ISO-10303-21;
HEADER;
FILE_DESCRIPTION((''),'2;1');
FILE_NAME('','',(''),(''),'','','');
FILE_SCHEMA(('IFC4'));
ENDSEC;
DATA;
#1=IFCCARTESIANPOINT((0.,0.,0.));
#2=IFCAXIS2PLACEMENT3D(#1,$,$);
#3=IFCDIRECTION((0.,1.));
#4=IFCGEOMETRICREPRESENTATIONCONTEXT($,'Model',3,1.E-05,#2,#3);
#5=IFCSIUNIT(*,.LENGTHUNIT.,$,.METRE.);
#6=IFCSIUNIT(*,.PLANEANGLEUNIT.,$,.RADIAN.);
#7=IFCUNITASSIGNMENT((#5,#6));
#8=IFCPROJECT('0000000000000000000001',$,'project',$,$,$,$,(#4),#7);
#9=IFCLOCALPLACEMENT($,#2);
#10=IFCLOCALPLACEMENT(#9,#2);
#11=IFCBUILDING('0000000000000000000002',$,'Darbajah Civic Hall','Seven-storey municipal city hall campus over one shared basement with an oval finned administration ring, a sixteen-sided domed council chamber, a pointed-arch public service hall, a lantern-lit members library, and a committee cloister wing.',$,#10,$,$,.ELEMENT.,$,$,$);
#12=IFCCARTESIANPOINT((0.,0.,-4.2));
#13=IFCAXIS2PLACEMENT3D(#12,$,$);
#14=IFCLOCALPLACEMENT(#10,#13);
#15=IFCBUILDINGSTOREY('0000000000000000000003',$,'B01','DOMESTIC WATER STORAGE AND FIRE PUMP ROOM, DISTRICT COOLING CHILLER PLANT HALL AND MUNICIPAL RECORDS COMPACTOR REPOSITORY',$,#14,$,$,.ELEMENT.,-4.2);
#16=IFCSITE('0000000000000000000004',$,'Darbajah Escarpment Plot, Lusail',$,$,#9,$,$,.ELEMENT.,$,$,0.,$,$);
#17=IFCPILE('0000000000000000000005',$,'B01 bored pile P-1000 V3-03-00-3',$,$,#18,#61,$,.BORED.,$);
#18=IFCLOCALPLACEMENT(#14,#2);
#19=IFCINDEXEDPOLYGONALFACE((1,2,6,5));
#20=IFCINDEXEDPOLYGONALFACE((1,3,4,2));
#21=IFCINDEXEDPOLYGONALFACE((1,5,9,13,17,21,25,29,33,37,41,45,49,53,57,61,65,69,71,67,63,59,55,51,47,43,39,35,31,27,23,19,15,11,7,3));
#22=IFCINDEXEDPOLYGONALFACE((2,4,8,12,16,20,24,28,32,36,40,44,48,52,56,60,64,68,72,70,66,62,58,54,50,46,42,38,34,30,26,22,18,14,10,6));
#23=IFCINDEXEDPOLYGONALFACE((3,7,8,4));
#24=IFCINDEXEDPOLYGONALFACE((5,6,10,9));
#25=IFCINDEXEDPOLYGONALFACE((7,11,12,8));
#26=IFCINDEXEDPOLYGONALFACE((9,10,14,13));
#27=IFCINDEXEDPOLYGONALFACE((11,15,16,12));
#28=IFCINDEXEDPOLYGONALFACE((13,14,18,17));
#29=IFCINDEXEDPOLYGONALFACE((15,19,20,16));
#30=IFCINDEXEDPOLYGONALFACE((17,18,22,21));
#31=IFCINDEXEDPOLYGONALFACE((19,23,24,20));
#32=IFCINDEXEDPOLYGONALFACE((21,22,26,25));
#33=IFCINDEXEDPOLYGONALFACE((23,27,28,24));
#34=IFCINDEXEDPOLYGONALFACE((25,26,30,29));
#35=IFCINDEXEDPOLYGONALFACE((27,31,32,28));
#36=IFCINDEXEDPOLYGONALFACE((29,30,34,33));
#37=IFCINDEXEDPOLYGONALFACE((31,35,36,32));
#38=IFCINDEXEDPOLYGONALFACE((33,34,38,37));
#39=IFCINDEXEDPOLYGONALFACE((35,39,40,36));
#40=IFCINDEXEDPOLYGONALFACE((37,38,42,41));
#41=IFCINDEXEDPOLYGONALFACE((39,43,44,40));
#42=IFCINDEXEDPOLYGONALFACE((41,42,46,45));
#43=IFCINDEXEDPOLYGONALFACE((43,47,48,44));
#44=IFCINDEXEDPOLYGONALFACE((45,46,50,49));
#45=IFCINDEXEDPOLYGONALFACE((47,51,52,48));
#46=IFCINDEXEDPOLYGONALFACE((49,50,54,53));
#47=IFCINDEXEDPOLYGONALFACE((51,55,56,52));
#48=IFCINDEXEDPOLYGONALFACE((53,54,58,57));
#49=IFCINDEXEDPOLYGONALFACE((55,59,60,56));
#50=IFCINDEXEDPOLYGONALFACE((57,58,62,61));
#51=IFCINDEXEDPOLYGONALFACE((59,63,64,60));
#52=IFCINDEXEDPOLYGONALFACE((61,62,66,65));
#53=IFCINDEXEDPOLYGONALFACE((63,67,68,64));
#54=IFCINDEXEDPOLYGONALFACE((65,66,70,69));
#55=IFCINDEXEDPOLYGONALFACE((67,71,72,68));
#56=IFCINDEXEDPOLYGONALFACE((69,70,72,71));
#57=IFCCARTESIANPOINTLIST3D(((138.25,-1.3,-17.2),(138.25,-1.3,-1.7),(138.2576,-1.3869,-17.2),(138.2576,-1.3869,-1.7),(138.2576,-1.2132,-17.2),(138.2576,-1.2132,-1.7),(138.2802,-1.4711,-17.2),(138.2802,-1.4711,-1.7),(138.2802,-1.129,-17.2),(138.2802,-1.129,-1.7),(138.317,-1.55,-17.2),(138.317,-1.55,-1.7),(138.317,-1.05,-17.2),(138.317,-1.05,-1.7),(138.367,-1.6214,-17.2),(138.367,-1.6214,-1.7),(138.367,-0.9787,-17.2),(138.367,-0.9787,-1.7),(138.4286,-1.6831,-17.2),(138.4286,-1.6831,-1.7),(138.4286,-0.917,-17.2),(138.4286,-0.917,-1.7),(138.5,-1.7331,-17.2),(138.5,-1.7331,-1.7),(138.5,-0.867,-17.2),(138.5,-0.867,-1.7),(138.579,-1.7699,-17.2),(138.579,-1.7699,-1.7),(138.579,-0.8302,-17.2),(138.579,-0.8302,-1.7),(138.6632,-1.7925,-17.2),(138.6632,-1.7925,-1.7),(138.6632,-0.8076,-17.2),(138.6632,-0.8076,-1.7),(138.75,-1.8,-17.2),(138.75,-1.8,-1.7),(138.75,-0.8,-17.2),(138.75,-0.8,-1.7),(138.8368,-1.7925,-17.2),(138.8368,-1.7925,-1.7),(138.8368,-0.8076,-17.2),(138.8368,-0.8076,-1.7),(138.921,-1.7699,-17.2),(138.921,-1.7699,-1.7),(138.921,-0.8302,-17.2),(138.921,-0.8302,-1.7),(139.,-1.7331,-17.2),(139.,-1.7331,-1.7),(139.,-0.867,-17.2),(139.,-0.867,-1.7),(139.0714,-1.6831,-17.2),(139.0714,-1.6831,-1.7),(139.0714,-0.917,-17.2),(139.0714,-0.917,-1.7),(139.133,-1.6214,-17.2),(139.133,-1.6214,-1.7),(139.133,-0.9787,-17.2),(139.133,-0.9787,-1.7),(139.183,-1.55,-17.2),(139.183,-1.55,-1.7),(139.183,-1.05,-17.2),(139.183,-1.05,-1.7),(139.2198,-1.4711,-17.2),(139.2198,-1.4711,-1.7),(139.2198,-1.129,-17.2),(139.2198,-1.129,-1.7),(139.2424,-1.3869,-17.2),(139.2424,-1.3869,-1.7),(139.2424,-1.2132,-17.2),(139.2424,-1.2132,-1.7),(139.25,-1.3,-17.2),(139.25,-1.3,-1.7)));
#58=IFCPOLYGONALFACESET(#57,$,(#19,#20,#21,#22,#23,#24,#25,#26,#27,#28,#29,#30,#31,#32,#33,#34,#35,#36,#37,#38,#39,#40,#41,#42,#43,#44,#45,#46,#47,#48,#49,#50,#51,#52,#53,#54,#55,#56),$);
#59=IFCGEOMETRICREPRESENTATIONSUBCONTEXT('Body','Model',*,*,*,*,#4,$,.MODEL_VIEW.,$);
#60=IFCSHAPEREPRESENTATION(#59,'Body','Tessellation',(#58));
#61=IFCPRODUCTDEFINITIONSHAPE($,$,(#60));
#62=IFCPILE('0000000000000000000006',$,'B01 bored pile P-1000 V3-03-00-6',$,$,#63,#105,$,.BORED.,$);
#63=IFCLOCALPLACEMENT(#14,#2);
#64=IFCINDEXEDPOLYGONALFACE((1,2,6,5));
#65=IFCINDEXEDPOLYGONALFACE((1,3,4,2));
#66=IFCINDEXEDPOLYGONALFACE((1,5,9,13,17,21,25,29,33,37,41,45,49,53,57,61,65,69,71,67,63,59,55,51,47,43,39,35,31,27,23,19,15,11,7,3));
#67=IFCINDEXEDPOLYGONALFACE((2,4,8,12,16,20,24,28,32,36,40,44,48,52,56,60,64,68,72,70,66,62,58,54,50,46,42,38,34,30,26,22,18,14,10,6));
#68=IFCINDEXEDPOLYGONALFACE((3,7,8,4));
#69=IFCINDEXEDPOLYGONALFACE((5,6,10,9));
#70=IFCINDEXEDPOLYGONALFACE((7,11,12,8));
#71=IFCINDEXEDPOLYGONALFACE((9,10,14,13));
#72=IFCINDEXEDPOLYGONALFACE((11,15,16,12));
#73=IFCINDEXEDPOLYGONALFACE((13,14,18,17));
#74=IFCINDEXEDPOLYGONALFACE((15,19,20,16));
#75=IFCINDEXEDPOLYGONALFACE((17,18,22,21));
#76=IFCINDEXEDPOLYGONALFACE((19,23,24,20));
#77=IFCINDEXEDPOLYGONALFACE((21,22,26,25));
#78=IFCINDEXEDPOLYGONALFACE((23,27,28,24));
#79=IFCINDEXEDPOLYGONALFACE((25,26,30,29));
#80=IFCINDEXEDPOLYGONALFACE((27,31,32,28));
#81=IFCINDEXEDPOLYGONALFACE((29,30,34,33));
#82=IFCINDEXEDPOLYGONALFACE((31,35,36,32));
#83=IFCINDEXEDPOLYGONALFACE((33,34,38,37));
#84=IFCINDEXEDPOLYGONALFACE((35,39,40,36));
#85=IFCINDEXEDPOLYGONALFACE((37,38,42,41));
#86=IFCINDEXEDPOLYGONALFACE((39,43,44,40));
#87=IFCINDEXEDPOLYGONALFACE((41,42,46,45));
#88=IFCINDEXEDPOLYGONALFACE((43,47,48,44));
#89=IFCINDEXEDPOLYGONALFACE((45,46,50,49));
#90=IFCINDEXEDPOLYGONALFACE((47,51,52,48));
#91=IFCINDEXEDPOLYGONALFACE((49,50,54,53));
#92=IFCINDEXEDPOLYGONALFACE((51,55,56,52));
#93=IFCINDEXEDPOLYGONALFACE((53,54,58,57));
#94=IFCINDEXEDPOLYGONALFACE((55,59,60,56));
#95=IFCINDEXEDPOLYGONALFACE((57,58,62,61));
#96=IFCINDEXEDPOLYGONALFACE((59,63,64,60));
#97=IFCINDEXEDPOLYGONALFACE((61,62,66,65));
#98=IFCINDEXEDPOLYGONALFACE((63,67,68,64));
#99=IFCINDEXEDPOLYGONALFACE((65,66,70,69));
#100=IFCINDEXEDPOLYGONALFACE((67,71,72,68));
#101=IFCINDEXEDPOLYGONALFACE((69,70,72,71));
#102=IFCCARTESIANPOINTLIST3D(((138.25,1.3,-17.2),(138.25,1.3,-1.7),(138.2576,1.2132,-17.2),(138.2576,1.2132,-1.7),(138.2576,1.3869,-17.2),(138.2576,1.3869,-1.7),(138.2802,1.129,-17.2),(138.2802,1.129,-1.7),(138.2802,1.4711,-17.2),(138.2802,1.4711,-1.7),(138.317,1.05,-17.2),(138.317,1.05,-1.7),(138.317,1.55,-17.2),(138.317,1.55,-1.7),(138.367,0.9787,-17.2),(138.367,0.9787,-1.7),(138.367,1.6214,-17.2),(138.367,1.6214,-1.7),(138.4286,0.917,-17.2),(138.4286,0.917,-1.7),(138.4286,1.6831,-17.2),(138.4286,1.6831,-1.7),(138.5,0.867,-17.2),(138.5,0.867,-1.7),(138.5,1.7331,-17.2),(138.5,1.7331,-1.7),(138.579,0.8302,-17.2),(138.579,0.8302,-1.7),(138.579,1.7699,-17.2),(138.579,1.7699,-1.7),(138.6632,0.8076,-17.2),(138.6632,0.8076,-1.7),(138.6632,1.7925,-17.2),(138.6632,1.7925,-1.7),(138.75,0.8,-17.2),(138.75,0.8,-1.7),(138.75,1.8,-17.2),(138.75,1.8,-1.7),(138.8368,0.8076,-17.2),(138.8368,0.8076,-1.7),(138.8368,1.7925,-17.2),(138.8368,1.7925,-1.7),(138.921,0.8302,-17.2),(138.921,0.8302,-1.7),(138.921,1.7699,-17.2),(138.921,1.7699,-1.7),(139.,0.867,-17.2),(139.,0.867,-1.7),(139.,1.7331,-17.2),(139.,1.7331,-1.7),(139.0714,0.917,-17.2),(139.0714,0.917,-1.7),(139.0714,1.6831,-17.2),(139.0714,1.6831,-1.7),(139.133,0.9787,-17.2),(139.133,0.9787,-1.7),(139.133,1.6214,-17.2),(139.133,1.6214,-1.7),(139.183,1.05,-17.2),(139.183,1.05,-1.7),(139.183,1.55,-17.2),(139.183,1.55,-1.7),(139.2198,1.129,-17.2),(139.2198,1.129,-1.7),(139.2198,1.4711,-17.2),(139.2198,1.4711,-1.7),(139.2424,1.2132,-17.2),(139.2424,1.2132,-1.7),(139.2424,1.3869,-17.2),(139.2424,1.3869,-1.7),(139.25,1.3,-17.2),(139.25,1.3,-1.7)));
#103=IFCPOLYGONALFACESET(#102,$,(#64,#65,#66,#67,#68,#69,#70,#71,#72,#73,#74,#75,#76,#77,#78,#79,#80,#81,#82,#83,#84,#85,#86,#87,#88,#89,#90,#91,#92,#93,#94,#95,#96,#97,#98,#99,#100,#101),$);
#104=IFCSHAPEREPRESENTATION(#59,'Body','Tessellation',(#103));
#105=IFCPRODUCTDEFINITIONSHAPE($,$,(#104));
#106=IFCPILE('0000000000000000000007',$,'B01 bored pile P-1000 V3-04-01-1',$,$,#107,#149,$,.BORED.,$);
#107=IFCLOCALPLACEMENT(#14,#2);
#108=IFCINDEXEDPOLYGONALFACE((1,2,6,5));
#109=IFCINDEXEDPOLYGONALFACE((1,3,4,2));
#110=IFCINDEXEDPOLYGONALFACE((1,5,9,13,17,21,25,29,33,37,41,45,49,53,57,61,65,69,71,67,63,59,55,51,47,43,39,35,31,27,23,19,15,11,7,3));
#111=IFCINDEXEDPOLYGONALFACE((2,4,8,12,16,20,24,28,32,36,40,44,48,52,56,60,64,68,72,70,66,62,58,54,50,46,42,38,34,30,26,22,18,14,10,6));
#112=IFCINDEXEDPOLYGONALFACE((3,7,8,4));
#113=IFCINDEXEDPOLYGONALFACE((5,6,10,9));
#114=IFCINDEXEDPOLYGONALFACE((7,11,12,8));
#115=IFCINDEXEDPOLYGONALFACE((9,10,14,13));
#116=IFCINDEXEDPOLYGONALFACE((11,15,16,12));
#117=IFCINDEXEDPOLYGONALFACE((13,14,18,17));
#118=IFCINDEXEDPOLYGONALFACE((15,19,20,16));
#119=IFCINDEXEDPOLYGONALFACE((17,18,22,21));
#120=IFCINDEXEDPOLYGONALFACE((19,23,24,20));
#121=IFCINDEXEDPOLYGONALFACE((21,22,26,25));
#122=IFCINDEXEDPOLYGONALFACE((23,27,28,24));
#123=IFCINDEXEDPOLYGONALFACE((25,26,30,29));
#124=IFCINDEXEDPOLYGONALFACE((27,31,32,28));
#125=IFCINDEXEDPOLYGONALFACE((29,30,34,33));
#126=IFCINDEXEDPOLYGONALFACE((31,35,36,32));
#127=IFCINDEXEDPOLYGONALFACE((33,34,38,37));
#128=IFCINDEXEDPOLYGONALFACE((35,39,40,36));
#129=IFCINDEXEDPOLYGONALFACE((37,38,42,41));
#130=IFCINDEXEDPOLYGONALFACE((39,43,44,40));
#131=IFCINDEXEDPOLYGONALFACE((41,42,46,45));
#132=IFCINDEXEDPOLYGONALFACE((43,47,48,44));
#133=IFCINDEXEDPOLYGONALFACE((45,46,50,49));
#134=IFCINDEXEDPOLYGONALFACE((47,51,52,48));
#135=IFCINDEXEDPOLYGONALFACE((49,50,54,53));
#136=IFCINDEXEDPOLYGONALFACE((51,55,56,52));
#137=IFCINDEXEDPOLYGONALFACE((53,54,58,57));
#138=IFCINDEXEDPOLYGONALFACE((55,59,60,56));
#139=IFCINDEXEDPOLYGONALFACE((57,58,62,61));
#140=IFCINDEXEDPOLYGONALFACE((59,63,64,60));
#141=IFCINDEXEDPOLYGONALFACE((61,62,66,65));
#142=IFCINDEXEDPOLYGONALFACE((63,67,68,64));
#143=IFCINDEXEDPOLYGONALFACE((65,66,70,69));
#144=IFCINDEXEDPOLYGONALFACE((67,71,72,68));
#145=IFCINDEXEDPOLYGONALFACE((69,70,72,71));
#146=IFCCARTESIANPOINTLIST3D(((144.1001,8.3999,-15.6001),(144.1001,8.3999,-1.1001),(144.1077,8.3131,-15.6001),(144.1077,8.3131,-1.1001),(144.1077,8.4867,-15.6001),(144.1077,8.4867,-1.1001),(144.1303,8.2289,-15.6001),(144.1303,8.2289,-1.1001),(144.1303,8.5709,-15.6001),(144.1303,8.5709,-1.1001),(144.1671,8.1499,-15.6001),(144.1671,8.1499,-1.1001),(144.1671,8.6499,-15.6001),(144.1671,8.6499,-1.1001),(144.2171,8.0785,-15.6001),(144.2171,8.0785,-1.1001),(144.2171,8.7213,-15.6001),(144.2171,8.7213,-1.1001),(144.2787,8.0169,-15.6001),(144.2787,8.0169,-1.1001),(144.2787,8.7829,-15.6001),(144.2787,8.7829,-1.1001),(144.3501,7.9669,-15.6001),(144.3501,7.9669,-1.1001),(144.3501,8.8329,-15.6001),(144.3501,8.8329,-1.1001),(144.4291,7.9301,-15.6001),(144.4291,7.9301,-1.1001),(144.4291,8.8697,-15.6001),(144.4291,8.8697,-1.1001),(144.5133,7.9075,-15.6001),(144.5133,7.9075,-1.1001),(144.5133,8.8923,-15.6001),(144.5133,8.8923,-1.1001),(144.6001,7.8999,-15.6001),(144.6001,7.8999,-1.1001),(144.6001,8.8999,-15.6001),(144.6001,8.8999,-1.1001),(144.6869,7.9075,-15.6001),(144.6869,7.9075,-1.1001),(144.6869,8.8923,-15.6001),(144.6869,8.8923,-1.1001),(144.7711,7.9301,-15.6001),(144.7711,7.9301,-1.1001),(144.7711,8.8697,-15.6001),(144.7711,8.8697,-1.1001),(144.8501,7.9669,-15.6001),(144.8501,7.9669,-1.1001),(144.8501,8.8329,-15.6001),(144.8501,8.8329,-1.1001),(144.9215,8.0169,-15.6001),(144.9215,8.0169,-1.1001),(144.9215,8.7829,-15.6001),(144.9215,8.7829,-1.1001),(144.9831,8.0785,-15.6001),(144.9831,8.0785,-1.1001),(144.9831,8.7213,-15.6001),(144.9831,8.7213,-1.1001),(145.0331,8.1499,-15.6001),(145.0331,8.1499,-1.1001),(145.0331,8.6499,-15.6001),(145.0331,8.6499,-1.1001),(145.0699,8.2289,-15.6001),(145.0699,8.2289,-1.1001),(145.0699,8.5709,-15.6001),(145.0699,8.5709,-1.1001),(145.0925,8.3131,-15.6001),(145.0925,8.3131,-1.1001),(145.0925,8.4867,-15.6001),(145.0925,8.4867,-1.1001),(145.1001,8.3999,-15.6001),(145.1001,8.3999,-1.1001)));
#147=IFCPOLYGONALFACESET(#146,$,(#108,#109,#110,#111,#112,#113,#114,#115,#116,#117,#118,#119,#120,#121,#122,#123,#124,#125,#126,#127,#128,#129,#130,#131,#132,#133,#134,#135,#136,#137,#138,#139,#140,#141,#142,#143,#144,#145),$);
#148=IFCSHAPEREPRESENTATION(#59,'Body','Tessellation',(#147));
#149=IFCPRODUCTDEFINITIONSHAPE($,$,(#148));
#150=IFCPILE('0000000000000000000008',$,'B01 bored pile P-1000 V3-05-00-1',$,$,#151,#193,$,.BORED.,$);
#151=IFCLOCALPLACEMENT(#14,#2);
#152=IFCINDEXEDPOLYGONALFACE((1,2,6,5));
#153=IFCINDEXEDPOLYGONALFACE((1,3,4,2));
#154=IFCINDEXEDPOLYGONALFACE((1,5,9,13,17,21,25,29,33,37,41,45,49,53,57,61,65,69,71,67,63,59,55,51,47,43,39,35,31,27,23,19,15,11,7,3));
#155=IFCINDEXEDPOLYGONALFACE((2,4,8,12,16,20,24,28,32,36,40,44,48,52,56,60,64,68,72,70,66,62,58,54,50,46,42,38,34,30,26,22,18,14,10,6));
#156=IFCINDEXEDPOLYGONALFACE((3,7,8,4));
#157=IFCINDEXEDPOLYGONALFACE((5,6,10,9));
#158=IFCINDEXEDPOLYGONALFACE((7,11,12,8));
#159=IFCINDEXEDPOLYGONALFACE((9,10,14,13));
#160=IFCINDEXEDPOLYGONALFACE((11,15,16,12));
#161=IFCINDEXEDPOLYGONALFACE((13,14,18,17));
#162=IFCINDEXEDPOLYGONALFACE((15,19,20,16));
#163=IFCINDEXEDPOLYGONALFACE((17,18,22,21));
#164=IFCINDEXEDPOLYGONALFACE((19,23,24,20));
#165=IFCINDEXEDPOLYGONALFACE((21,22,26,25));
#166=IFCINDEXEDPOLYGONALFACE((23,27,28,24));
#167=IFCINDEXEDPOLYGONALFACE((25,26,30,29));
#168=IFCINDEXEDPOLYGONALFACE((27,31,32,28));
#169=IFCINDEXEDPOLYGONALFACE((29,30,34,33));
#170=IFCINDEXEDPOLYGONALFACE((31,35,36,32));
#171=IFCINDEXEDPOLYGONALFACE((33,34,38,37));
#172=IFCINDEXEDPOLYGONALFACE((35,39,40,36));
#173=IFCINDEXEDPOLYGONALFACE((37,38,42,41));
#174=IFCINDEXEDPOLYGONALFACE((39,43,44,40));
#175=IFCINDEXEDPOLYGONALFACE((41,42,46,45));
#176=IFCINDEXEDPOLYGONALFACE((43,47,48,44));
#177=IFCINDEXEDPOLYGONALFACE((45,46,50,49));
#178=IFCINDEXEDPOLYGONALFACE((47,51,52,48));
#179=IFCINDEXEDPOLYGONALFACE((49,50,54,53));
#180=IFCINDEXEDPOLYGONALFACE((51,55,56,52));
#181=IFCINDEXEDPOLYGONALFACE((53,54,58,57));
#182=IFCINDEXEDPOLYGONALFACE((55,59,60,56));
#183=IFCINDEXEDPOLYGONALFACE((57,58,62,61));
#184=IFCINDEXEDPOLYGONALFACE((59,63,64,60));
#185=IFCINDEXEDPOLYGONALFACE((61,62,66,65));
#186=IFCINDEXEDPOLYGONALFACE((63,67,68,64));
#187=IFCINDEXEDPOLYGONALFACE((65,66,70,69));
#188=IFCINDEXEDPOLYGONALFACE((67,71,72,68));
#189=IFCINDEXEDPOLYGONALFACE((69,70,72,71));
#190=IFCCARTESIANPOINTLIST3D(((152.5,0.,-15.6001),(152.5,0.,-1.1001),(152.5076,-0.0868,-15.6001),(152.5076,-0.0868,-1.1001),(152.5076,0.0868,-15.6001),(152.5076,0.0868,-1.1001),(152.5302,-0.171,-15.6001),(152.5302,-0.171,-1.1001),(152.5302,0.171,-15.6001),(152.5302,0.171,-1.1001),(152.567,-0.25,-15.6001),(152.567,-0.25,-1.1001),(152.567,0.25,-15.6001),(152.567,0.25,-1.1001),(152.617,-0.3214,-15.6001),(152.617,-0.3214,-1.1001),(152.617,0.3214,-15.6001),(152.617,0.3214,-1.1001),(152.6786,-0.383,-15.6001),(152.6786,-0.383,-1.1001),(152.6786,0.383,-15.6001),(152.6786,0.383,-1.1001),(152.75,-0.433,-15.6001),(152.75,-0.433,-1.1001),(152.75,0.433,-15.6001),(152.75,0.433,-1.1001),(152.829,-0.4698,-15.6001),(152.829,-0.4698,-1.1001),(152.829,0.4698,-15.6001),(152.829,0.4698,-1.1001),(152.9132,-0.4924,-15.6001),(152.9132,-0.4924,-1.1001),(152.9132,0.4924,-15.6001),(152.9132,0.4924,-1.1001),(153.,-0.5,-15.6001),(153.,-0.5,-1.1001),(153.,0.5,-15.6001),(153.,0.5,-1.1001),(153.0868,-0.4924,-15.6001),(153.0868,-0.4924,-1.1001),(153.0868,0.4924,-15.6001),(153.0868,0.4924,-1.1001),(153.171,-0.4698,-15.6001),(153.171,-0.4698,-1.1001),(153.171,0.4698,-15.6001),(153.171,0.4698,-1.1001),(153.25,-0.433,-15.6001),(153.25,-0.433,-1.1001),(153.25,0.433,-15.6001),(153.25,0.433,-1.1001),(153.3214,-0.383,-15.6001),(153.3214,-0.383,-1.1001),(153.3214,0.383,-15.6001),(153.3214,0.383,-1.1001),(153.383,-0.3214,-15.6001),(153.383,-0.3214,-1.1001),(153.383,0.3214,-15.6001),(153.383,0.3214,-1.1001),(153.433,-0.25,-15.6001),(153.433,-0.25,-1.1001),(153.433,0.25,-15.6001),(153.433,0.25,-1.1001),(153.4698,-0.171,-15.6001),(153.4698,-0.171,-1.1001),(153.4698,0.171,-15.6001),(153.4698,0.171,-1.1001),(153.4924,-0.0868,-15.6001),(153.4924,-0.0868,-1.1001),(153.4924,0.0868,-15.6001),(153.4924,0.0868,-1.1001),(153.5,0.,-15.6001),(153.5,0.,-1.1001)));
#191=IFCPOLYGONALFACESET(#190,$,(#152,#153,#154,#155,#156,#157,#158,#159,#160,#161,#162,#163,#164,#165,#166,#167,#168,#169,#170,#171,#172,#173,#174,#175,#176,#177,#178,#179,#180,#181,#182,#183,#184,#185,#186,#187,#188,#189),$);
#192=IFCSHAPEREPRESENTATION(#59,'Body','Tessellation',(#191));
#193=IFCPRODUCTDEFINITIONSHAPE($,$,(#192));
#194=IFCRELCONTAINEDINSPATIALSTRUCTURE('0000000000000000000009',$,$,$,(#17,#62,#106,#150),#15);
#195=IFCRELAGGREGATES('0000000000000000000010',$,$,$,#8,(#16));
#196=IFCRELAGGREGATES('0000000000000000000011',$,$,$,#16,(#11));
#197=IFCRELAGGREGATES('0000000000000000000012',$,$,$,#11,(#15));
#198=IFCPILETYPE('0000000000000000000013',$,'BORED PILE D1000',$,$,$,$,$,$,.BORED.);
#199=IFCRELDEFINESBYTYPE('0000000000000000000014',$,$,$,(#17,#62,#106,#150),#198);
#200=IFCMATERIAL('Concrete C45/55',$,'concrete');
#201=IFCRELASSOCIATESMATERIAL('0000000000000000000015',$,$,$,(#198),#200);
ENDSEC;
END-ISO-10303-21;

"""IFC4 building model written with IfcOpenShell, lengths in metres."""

from ifc_helpers import new_model, si_unit, direction, frame, origin, origin_2d, place, context, subcontext, project, spatial, circle, extrude, material, material_profile, profile_set, type_object, element, save


model = new_model("IFC4")

# Units and contexts
model_context = context("Model", 3, precision=1e-05, world=origin(), true_north=direction((0.0, 1.0)))
body_context = subcontext(model_context, "Body", "Model", "MODEL_VIEW")
ifc_project = project(units=[si_unit("LENGTHUNIT", "METRE"), si_unit("PLANEANGLEUNIT", "RADIAN")], contexts=[model_context])

# Site, building, storey
site_placement = place(None, origin())
site = spatial("IfcSite", under=ifc_project, at=site_placement, Name="Darbajah Escarpment Plot, Lusail", CompositionType="ELEMENT", RefElevation=0.0)
building_placement = place(site_placement, origin())
building = spatial("IfcBuilding", under=site, at=building_placement, Name="Darbajah Civic Hall", Description="Seven-storey municipal city hall campus over one shared basement with an oval finned administration ring, a sixteen-sided domed council chamber, a pointed-arch public service hall, a lantern-lit members library, and a committee cloister wing.", CompositionType="ELEMENT")
storey_placement = place(building_placement, frame((0.0, 0.0, -4.2)))
storey = spatial("IfcBuildingStorey", under=building, at=storey_placement, Name="B01", Description="DOMESTIC WATER STORAGE AND FIRE PUMP ROOM, DISTRICT COOLING CHILLER PLANT HALL AND MUNICIPAL RECORDS COMPACTOR REPOSITORY", CompositionType="ELEMENT", Elevation=-4.2)

# Piles
ifc_material_1 = material(Name="Concrete C45/55", Category="concrete")
ifc_material_profile_1 = material_profile(ifc_material_1, circle(Radius=0.5, at=origin_2d()), Name="BORED PILE D1000")
ifc_profile_set_1 = profile_set([ifc_material_profile_1], Name="Concrete C45/55")
pile_type_1 = type_object("IfcPileType", Name="BORED PILE D1000", PredefinedType="BORED", material=ifc_profile_set_1)
for number, where, z_axis, x_axis, name in (
    (1, (138.75, -1.3, -1.7), (0.0, 0.0, -1.0), (1.0, 0.0, 0.0), "B01 bored pile P-1000 V3-03-00-3"),
    (2, (138.75, 1.3, -1.7), (0.0, 0.0, -1.0), (1.0, 0.0, 0.0), "B01 bored pile P-1000 V3-03-00-6"),
):
    element("IfcPile", number, at=place(storey_placement, frame(where, z_axis=z_axis, x_axis=x_axis)), inside=storey, type_object=pile_type_1, Name=name, PredefinedType="BORED", context=body_context, shape_type="SweptSolid", body=[
        extrude(circle(Radius=0.5, at=origin_2d()), origin(), (0.0, 0.0, 1.0), 15.5),
    ])
for number, where, z_axis, x_axis, name in (
    (3, (144.6001, 8.3999, -1.1001), (0.0, 0.0, -1.0), (1.0, 0.0, 0.0), "B01 bored pile P-1000 V3-04-01-1"),
    (4, (153.0, 0.0, -1.1001), (0.0, 0.0, -1.0), (1.0, 0.0, 0.0), "B01 bored pile P-1000 V3-05-00-1"),
):
    element("IfcPile", number, at=place(storey_placement, frame(where, z_axis=z_axis, x_axis=x_axis)), inside=storey, type_object=pile_type_1, Name=name, PredefinedType="BORED", context=body_context, shape_type="SweptSolid", body=[
        extrude(circle(Radius=0.5, at=origin_2d()), origin(), (0.0, 0.0, 1.0), 14.5),
    ])

save(model, "model.ifc")
